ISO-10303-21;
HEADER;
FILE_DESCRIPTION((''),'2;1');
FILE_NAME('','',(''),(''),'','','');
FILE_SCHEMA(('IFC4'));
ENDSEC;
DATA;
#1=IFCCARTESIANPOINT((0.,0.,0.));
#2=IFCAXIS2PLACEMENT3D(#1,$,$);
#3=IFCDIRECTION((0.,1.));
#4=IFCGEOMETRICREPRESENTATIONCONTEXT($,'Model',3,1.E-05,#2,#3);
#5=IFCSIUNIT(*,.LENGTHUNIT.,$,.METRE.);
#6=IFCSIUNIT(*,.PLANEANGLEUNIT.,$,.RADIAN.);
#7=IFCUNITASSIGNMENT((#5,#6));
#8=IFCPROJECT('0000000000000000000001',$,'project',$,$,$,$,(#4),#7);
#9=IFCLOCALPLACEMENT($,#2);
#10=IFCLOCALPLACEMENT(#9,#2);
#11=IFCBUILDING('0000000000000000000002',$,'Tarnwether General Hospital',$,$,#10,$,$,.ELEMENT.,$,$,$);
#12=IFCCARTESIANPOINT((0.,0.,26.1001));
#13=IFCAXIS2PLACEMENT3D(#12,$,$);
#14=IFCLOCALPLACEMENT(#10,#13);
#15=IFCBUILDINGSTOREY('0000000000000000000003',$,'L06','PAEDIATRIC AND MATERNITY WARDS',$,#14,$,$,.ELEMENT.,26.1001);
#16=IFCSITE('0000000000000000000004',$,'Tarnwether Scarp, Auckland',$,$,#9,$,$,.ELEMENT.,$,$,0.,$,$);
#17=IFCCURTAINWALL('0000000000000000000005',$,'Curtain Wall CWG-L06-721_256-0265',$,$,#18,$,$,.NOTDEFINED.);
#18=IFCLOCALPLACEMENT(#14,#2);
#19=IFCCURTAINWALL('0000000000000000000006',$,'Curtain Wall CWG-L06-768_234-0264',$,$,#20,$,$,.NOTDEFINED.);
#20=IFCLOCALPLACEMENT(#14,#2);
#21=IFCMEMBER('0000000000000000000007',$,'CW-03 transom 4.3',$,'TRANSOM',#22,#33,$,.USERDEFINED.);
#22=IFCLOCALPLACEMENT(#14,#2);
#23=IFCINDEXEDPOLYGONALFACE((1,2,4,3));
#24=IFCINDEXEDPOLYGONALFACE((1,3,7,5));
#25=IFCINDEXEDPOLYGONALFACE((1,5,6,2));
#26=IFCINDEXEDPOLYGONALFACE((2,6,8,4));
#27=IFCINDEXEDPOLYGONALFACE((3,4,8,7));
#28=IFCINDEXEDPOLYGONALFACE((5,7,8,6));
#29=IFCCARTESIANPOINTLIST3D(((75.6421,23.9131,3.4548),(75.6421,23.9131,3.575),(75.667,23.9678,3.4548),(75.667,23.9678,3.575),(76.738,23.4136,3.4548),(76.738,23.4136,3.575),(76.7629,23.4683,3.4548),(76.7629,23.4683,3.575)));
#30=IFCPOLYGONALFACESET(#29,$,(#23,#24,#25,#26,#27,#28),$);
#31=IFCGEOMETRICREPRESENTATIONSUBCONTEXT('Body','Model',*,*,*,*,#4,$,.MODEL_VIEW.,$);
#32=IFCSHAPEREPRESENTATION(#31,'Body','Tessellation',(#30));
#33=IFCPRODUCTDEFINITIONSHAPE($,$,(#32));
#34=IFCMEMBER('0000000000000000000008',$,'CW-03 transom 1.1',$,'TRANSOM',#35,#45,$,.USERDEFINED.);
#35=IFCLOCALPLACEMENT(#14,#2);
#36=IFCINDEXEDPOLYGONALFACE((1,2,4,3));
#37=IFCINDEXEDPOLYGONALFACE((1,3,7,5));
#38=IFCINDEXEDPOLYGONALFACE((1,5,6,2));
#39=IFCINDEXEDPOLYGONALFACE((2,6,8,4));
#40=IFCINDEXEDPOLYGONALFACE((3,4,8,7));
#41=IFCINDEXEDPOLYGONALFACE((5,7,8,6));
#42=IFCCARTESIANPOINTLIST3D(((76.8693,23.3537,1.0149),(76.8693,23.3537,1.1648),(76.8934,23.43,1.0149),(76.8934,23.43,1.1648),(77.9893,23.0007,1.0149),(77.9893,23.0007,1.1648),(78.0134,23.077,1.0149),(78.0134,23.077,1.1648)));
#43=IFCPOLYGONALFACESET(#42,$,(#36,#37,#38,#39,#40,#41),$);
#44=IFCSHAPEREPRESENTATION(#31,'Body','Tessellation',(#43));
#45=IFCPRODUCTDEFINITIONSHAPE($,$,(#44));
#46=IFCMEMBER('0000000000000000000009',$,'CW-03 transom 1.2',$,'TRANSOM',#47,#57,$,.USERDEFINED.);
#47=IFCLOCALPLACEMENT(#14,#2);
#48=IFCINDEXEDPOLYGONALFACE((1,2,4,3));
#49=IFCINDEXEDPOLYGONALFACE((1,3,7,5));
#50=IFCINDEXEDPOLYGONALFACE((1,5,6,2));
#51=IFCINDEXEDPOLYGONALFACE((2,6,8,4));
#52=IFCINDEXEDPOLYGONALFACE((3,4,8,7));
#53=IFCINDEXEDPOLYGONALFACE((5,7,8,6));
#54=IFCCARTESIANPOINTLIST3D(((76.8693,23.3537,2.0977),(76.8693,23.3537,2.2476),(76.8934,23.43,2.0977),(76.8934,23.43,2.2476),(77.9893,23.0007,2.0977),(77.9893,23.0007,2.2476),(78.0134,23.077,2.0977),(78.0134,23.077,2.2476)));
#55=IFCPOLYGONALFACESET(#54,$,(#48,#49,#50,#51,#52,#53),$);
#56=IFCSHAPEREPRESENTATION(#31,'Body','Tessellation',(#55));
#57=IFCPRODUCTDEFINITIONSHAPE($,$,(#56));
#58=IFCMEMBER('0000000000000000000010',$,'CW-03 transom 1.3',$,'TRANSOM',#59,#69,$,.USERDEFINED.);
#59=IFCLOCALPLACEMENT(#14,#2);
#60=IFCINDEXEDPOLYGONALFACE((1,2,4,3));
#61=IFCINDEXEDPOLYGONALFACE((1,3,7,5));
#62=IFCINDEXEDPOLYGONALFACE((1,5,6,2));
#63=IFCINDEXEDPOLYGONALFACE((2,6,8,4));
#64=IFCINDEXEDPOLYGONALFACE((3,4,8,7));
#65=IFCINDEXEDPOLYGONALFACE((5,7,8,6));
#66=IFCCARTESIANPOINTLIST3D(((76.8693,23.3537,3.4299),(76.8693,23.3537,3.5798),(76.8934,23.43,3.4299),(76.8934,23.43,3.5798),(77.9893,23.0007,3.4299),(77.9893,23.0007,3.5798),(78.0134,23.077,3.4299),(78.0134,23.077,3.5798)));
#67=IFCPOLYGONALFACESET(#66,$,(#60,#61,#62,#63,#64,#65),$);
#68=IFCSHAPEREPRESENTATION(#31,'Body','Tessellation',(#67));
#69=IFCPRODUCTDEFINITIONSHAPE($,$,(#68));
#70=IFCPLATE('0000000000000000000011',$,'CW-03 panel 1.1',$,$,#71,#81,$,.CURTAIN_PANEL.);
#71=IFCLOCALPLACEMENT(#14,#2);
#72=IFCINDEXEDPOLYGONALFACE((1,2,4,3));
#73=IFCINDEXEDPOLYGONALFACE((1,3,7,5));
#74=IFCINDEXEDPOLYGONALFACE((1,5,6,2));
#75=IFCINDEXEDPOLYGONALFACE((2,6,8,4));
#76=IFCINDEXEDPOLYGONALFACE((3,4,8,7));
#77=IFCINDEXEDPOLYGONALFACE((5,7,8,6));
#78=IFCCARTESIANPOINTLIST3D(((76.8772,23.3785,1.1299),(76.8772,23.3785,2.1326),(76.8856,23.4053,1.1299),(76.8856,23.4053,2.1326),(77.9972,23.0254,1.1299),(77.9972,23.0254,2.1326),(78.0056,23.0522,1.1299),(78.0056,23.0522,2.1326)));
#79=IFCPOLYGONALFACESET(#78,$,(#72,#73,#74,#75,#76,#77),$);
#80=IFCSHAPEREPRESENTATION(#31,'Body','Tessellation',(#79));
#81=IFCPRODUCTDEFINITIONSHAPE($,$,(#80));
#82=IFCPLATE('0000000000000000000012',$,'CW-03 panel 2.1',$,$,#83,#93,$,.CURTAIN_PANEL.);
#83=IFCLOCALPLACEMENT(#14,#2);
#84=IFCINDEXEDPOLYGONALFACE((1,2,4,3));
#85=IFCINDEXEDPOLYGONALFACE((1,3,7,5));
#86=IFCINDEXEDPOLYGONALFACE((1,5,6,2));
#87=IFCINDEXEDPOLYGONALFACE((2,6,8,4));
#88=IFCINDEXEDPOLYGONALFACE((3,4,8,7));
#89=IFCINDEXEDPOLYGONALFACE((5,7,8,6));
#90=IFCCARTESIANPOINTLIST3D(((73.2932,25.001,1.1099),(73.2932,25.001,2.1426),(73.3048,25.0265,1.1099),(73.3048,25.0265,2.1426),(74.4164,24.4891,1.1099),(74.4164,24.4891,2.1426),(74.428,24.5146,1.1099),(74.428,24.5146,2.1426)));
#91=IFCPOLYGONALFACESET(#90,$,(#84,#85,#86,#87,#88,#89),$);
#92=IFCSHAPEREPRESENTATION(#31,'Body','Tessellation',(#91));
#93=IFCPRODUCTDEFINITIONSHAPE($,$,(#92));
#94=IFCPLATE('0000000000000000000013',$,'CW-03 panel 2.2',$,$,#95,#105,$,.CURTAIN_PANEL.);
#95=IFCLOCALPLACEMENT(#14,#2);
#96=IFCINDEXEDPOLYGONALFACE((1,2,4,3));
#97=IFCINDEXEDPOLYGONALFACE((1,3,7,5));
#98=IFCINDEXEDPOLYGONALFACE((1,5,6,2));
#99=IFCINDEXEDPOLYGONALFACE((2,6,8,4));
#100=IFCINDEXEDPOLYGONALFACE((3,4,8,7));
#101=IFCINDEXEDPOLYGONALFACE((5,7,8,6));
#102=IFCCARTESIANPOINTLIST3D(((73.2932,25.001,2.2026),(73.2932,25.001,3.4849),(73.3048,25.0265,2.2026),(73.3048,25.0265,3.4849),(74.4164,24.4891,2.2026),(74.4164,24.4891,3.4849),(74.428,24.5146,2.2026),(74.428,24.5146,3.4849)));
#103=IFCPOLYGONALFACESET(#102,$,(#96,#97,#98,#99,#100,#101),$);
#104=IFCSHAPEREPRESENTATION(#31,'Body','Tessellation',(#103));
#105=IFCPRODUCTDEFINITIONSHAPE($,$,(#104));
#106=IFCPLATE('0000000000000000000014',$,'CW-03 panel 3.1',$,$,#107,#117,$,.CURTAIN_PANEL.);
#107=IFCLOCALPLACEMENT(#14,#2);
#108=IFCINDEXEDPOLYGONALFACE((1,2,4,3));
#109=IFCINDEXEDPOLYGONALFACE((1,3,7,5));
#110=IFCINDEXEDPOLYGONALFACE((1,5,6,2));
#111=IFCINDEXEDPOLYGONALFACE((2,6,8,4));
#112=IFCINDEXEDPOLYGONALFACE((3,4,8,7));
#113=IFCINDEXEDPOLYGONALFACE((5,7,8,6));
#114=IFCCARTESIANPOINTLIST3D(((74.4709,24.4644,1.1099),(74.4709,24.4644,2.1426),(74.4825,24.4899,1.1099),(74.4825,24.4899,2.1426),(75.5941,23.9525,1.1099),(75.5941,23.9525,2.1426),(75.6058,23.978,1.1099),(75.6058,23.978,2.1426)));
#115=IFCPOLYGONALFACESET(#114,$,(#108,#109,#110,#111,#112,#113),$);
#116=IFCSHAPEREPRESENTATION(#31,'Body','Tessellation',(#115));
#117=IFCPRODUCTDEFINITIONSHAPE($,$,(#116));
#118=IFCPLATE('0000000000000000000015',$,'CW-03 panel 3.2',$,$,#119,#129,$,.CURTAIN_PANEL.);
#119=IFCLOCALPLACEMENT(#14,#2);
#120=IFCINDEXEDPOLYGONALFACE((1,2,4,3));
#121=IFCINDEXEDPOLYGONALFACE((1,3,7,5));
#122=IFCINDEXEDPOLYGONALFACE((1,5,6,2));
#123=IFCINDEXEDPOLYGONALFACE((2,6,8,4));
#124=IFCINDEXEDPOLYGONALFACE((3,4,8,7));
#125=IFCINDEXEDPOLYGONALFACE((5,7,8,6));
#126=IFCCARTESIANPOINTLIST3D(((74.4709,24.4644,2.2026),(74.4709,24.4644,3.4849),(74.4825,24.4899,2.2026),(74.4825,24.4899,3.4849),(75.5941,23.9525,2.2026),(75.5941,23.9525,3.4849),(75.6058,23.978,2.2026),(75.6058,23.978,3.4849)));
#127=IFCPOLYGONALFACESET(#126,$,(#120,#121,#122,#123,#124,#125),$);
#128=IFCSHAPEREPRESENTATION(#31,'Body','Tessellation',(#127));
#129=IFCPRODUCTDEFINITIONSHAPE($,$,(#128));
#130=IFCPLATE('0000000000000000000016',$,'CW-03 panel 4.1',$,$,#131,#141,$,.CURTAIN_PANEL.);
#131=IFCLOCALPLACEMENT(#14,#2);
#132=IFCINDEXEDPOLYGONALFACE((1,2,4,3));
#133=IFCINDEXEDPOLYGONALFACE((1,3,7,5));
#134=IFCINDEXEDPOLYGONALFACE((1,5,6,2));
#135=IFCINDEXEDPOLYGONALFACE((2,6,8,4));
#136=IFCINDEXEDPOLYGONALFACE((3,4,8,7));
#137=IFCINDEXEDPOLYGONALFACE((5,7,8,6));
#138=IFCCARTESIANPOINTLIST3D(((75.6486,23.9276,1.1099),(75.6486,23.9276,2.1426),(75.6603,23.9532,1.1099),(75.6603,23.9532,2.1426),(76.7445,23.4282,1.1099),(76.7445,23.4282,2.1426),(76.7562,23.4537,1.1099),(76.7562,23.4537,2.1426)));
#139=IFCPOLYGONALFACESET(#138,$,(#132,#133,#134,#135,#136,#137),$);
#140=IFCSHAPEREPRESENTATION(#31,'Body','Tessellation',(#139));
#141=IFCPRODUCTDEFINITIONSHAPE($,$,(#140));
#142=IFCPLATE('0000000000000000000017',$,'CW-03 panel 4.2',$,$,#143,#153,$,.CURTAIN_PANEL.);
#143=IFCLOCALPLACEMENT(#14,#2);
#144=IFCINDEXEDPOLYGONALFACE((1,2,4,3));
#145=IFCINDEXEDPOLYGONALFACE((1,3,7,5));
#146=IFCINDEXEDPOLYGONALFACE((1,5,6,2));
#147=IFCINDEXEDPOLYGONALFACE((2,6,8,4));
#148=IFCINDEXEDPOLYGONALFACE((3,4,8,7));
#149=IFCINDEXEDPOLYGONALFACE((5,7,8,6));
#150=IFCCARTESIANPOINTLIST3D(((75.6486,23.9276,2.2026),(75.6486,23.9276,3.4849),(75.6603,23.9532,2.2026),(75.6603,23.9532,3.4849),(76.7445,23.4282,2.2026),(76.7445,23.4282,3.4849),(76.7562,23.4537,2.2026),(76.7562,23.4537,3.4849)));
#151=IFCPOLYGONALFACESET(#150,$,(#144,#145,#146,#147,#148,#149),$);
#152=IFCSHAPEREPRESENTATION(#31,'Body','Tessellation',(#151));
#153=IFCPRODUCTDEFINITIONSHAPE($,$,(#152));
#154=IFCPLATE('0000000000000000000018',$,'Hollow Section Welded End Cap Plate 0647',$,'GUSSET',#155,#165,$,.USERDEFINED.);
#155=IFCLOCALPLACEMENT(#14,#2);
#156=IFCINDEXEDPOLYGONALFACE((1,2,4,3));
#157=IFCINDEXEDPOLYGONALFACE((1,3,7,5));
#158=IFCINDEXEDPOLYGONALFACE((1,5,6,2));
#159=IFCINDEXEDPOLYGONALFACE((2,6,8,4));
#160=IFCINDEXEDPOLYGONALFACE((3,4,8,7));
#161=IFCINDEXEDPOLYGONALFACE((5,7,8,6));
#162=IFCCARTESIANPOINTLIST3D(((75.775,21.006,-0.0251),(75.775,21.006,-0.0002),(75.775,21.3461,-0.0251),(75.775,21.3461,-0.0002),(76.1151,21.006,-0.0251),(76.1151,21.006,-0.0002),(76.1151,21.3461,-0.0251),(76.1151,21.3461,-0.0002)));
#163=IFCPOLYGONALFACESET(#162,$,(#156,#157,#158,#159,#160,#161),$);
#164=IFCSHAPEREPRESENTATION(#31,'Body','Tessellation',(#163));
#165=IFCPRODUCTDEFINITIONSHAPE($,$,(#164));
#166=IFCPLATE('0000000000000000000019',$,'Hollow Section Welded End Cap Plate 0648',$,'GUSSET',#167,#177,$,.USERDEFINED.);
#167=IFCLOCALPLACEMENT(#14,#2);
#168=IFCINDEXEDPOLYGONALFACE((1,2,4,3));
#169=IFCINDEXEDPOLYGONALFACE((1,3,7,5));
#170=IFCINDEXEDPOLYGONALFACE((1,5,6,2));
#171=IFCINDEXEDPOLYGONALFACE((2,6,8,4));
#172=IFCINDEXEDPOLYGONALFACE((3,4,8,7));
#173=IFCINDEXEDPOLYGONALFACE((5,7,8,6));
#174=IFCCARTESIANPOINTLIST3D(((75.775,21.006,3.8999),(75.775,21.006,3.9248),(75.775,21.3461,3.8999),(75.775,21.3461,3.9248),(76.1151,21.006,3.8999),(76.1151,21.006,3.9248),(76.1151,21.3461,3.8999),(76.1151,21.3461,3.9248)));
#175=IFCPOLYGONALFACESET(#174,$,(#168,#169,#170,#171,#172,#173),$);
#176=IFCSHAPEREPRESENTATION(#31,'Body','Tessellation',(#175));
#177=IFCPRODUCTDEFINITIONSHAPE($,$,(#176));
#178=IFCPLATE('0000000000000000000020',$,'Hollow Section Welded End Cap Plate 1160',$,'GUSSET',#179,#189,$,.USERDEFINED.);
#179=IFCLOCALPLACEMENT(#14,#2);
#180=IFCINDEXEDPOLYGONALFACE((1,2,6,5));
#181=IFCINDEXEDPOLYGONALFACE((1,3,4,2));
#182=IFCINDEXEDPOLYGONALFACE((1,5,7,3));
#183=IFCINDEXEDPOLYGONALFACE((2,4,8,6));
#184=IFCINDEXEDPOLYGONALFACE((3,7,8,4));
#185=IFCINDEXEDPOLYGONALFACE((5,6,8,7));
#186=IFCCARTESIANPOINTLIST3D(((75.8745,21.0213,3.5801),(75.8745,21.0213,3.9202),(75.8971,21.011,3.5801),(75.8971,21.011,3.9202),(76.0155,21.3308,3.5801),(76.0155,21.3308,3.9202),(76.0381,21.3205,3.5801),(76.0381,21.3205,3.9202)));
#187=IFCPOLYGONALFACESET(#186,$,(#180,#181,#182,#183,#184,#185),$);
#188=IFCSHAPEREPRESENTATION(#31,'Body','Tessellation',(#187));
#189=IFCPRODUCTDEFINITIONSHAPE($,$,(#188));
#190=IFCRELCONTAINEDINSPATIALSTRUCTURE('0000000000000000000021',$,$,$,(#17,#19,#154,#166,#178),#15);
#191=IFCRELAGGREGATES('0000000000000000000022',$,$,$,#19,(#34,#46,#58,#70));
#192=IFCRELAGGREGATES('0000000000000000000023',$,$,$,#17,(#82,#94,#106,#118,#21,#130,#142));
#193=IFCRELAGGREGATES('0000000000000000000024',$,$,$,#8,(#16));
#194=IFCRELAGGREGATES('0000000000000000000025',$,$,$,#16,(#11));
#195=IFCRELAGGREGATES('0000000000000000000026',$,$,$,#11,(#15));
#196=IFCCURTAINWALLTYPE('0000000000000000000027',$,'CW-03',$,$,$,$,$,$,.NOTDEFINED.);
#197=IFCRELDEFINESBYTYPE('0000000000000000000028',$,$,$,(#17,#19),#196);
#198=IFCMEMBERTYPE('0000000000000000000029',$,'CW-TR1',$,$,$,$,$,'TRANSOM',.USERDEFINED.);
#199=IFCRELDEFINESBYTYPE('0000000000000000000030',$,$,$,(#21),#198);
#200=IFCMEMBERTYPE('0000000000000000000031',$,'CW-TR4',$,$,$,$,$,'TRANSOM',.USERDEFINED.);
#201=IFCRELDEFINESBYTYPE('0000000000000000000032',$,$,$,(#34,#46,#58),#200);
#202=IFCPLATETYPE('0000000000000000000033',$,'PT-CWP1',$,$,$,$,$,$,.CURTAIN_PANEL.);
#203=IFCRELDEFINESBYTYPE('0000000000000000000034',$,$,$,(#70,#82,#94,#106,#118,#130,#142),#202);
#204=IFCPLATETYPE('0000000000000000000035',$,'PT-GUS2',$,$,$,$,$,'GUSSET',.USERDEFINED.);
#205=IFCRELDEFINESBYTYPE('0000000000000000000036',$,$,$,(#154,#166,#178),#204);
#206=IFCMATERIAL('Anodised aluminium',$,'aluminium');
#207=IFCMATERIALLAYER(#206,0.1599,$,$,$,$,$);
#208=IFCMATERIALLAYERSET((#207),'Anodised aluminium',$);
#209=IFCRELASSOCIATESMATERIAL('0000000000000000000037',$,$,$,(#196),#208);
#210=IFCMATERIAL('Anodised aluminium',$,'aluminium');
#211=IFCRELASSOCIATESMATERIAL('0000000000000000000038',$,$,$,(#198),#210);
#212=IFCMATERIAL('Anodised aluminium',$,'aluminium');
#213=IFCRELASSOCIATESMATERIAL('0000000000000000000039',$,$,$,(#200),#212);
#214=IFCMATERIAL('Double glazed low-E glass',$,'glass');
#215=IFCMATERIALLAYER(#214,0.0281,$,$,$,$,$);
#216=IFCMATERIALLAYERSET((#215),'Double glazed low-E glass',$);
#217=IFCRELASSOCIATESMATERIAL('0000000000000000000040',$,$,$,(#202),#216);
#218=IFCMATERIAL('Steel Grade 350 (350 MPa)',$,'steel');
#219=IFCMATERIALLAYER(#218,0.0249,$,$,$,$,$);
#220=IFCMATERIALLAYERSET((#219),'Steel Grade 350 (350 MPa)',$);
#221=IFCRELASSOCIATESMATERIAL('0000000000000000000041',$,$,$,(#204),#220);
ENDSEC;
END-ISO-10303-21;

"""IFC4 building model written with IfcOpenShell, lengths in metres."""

from ifc_helpers import new_model, si_unit, direction, frame, origin, origin_2d, place, context, subcontext, project, spatial, rectangle, extrude, material, layer, layer_set, material_profile, profile_set, type_object, element, aggregate, save


model = new_model("IFC4")

# Units and contexts
model_context = context("Model", 3, precision=1e-05, world=origin(), true_north=direction((0.0, 1.0)))
body_context = subcontext(model_context, "Body", "Model", "MODEL_VIEW")
ifc_project = project(units=[si_unit("LENGTHUNIT", "METRE"), si_unit("PLANEANGLEUNIT", "RADIAN")], contexts=[model_context])

# Site, building, storey
site_placement = place(None, origin())
site = spatial("IfcSite", under=ifc_project, at=site_placement, Name="Tarnwether Scarp, Auckland", CompositionType="ELEMENT", RefElevation=0.0)
building_placement = place(site_placement, origin())
building = spatial("IfcBuilding", under=site, at=building_placement, Name="Tarnwether General Hospital", CompositionType="ELEMENT")
storey_placement = place(building_placement, frame((0.0, 0.0, 26.1001)))
storey = spatial("IfcBuildingStorey", under=building, at=storey_placement, Name="L06", Description="PAEDIATRIC AND MATERNITY WARDS", CompositionType="ELEMENT", Elevation=26.1001)

# Curtain wall
ifc_material_1 = material(Name="Anodised aluminium", Category="aluminium")
ifc_layer_1 = layer(ifc_material_1, 0.1599)
ifc_layer_set_1 = layer_set([ifc_layer_1], Name="Anodised aluminium")
curtain_wall_type = type_object("IfcCurtainWallType", Name="CW-03", PredefinedType="NOTDEFINED", material=ifc_layer_set_1)
curtain_wall_1_placement = place(storey_placement, origin())
curtain_wall_1 = element("IfcCurtainWall", 1, at=curtain_wall_1_placement, inside=storey, type_object=curtain_wall_type, Name="Curtain Wall CWG-L06-721_256-0265", PredefinedType="NOTDEFINED")

# Curtain wall
curtain_wall_2_placement = place(storey_placement, origin())
curtain_wall_2 = element("IfcCurtainWall", 2, at=curtain_wall_2_placement, inside=storey, type_object=curtain_wall_type, Name="Curtain Wall CWG-L06-768_234-0264", PredefinedType="NOTDEFINED")

# Members
ifc_material_2 = material(Name="Anodised aluminium", Category="aluminium")
ifc_material_profile_1 = material_profile(ifc_material_2, rectangle(XDim=0.0601, YDim=0.1201, at=origin_2d()), Name="ALU-TRN-60x120")
ifc_profile_set_1 = profile_set([ifc_material_profile_1], Name="Anodised aluminium")
member_type_1 = type_object("IfcMemberType", Name="CW-TR1", ElementType="TRANSOM", PredefinedType="USERDEFINED", material=ifc_profile_set_1)
member_1_placement = place(storey_placement, frame((75.6545, 23.9404, 3.5149), z_axis=(0.909943, -0.414734, 0.0), x_axis=(0.414734, 0.909943, 0.0)))
member_1 = element("IfcMember", 3, at=member_1_placement, type_object=member_type_1, Name="CW-03 transom 4.3", ObjectType="TRANSOM", PredefinedType="USERDEFINED", context=body_context, shape_type="SweptSolid", body=[
    extrude(rectangle(XDim=0.0601, YDim=0.1201, at=origin_2d()), origin(), (0.0, 0.0, 1.0), 1.2043),
])
ifc_material_3 = material(Name="Anodised aluminium", Category="aluminium")
ifc_material_profile_2 = material_profile(ifc_material_3, rectangle(XDim=0.0801, YDim=0.1499, at=origin_2d()), Name="ALU-TRN-80x150")
ifc_profile_set_2 = profile_set([ifc_material_profile_2], Name="Anodised aluminium")
member_type_2 = type_object("IfcMemberType", Name="CW-TR4", ElementType="TRANSOM", PredefinedType="USERDEFINED", material=ifc_profile_set_2)
member_2_placement = place(storey_placement, frame((76.8813, 23.3918, 1.0898), z_axis=(0.953752, -0.300594, 0.0), x_axis=(0.300594, 0.953752, 0.0)))
member_2 = element("IfcMember", 4, at=member_2_placement, type_object=member_type_2, Name="CW-03 transom 1.1", ObjectType="TRANSOM", PredefinedType="USERDEFINED", context=body_context, shape_type="SweptSolid", body=[
    extrude(rectangle(XDim=0.0801, YDim=0.1499, at=origin_2d()), origin(), (0.0, 0.0, 1.0), 1.1743),
])
member_3_placement = place(storey_placement, frame((76.8813, 23.3918, 2.1726), z_axis=(0.953752, -0.300594, 0.0), x_axis=(0.300594, 0.953752, 0.0)))
member_3 = element("IfcMember", 5, at=member_3_placement, type_object=member_type_2, Name="CW-03 transom 1.2", ObjectType="TRANSOM", PredefinedType="USERDEFINED", context=body_context, shape_type="SweptSolid", body=[
    extrude(rectangle(XDim=0.0801, YDim=0.1499, at=origin_2d()), origin(), (0.0, 0.0, 1.0), 1.1743),
])
member_4_placement = place(storey_placement, frame((76.8813, 23.3918, 3.5049), z_axis=(0.953752, -0.300594, 0.0), x_axis=(0.300594, 0.953752, 0.0)))
member_4 = element("IfcMember", 6, at=member_4_placement, type_object=member_type_2, Name="CW-03 transom 1.3", ObjectType="TRANSOM", PredefinedType="USERDEFINED", context=body_context, shape_type="SweptSolid", body=[
    extrude(rectangle(XDim=0.0801, YDim=0.1499, at=origin_2d()), origin(), (0.0, 0.0, 1.0), 1.1743),
])

# Plates
ifc_material_4 = material(Name="Double glazed low-E glass", Category="glass")
ifc_layer_2 = layer(ifc_material_4, 0.0281)
ifc_layer_set_2 = layer_set([ifc_layer_2], Name="Double glazed low-E glass")
plate_type_1 = type_object("IfcPlateType", Name="PT-CWP1", PredefinedType="CURTAIN_PANEL", material=ifc_layer_set_2)
plate_1_placement = place(storey_placement, frame((77.4414, 23.2153, 1.1299), z_axis=(0.0, 0.0, 1.0), x_axis=(0.953714, -0.300715, 0.0)))
plate_1 = element("IfcPlate", 7, at=plate_1_placement, type_object=plate_type_1, Name="CW-03 panel 1.1", PredefinedType="CURTAIN_PANEL", context=body_context, shape_type="SweptSolid", body=[
    extrude(rectangle(XDim=1.1743, YDim=0.0281, at=origin_2d()), origin(), (0.0, 0.0, 1.0), 1.0027),
])
aggregate(curtain_wall_2, [member_2, member_3, member_4, plate_1])
plate_2_placement = place(storey_placement, frame((73.8606, 24.7578, 1.1099), z_axis=(0.0, 0.0, 1.0), x_axis=(0.909956, -0.414705, 0.0)))
plate_2 = element("IfcPlate", 8, at=plate_2_placement, type_object=plate_type_1, Name="CW-03 panel 2.1", PredefinedType="CURTAIN_PANEL", context=body_context, shape_type="SweptSolid", body=[
    extrude(rectangle(XDim=1.2344, YDim=0.0281, at=origin_2d()), origin(), (0.0, 0.0, 1.0), 1.0327),
])
plate_3_placement = place(storey_placement, frame((73.8606, 24.7578, 2.2026), z_axis=(0.0, 0.0, 1.0), x_axis=(0.909956, -0.414705, 0.0)))
plate_3 = element("IfcPlate", 9, at=plate_3_placement, type_object=plate_type_1, Name="CW-03 panel 2.2", PredefinedType="CURTAIN_PANEL", context=body_context, shape_type="SweptSolid", body=[
    extrude(rectangle(XDim=1.2344, YDim=0.0281, at=origin_2d()), origin(), (0.0, 0.0, 1.0), 1.2822),
])
plate_4_placement = place(storey_placement, frame((75.0383, 24.2212, 1.1099), z_axis=(0.0, 0.0, 1.0), x_axis=(0.909956, -0.414705, 0.0)))
plate_4 = element("IfcPlate", 10, at=plate_4_placement, type_object=plate_type_1, Name="CW-03 panel 3.1", PredefinedType="CURTAIN_PANEL", context=body_context, shape_type="SweptSolid", body=[
    extrude(rectangle(XDim=1.2344, YDim=0.0281, at=origin_2d()), origin(), (0.0, 0.0, 1.0), 1.0327),
])
plate_5_placement = place(storey_placement, frame((75.0383, 24.2212, 2.2026), z_axis=(0.0, 0.0, 1.0), x_axis=(0.909956, -0.414705, 0.0)))
plate_5 = element("IfcPlate", 11, at=plate_5_placement, type_object=plate_type_1, Name="CW-03 panel 3.2", PredefinedType="CURTAIN_PANEL", context=body_context, shape_type="SweptSolid", body=[
    extrude(rectangle(XDim=1.2344, YDim=0.0281, at=origin_2d()), origin(), (0.0, 0.0, 1.0), 1.2822),
])
plate_6_placement = place(storey_placement, frame((76.2024, 23.6907, 1.1099), z_axis=(0.0, 0.0, 1.0), x_axis=(0.909956, -0.414705, 0.0)))
plate_6 = element("IfcPlate", 12, at=plate_6_placement, type_object=plate_type_1, Name="CW-03 panel 4.1", PredefinedType="CURTAIN_PANEL", context=body_context, shape_type="SweptSolid", body=[
    extrude(rectangle(XDim=1.2043, YDim=0.0281, at=origin_2d()), origin(), (0.0, 0.0, 1.0), 1.0327),
])
plate_7_placement = place(storey_placement, frame((76.2024, 23.6907, 2.2026), z_axis=(0.0, 0.0, 1.0), x_axis=(0.909956, -0.414705, 0.0)))
plate_7 = element("IfcPlate", 13, at=plate_7_placement, type_object=plate_type_1, Name="CW-03 panel 4.2", PredefinedType="CURTAIN_PANEL", context=body_context, shape_type="SweptSolid", body=[
    extrude(rectangle(XDim=1.2043, YDim=0.0281, at=origin_2d()), origin(), (0.0, 0.0, 1.0), 1.2822),
])
aggregate(curtain_wall_1, [plate_2, plate_3, plate_4, plate_5, member_1, plate_6, plate_7])

# Plates
ifc_material_5 = material(Name="Steel Grade 350 (350 MPa)", Category="steel")
ifc_layer_3 = layer(ifc_material_5, 0.0249)
ifc_layer_set_3 = layer_set([ifc_layer_3], Name="Steel Grade 350 (350 MPa)")
plate_type_2 = type_object("IfcPlateType", Name="PT-GUS2", ElementType="GUSSET", PredefinedType="USERDEFINED", material=ifc_layer_set_3)
for number, where, z_axis, x_axis, name in (
    (14, (75.9451, 21.176, -0.0251), (0.0, 0.0, 1.0), (1.0, 0.0, 0.0), "Hollow Section Welded End Cap Plate 0647"),
    (15, (75.9451, 21.176, 3.8999), (0.0, 0.0, 1.0), (1.0, 0.0, 0.0), "Hollow Section Welded End Cap Plate 0648"),
):
    element("IfcPlate", number, at=place(storey_placement, frame(where, z_axis=z_axis, x_axis=x_axis)), inside=storey, type_object=plate_type_2, Name=name, ObjectType="GUSSET", PredefinedType="USERDEFINED", context=body_context, shape_type="SweptSolid", body=[
        extrude(rectangle(XDim=0.3401, YDim=0.3401, at=origin_2d()), origin(), (0.0, 0.0, 1.0), 0.0249),
    ])
plate_8_placement = place(storey_placement, frame((75.9563, 21.1709, 3.5801), z_axis=(0.0, 0.0, 1.0), x_axis=(0.909969, -0.414677, 0.0)))
element("IfcPlate", 16, at=plate_8_placement, inside=storey, type_object=plate_type_2, Name="Hollow Section Welded End Cap Plate 1160", ObjectType="GUSSET", PredefinedType="USERDEFINED", context=body_context, shape_type="SweptSolid", body=[
    extrude(rectangle(XDim=0.0249, YDim=0.3401, at=origin_2d()), origin(), (0.0, 0.0, 1.0), 0.3401),
])

save(model, "model.ifc")
